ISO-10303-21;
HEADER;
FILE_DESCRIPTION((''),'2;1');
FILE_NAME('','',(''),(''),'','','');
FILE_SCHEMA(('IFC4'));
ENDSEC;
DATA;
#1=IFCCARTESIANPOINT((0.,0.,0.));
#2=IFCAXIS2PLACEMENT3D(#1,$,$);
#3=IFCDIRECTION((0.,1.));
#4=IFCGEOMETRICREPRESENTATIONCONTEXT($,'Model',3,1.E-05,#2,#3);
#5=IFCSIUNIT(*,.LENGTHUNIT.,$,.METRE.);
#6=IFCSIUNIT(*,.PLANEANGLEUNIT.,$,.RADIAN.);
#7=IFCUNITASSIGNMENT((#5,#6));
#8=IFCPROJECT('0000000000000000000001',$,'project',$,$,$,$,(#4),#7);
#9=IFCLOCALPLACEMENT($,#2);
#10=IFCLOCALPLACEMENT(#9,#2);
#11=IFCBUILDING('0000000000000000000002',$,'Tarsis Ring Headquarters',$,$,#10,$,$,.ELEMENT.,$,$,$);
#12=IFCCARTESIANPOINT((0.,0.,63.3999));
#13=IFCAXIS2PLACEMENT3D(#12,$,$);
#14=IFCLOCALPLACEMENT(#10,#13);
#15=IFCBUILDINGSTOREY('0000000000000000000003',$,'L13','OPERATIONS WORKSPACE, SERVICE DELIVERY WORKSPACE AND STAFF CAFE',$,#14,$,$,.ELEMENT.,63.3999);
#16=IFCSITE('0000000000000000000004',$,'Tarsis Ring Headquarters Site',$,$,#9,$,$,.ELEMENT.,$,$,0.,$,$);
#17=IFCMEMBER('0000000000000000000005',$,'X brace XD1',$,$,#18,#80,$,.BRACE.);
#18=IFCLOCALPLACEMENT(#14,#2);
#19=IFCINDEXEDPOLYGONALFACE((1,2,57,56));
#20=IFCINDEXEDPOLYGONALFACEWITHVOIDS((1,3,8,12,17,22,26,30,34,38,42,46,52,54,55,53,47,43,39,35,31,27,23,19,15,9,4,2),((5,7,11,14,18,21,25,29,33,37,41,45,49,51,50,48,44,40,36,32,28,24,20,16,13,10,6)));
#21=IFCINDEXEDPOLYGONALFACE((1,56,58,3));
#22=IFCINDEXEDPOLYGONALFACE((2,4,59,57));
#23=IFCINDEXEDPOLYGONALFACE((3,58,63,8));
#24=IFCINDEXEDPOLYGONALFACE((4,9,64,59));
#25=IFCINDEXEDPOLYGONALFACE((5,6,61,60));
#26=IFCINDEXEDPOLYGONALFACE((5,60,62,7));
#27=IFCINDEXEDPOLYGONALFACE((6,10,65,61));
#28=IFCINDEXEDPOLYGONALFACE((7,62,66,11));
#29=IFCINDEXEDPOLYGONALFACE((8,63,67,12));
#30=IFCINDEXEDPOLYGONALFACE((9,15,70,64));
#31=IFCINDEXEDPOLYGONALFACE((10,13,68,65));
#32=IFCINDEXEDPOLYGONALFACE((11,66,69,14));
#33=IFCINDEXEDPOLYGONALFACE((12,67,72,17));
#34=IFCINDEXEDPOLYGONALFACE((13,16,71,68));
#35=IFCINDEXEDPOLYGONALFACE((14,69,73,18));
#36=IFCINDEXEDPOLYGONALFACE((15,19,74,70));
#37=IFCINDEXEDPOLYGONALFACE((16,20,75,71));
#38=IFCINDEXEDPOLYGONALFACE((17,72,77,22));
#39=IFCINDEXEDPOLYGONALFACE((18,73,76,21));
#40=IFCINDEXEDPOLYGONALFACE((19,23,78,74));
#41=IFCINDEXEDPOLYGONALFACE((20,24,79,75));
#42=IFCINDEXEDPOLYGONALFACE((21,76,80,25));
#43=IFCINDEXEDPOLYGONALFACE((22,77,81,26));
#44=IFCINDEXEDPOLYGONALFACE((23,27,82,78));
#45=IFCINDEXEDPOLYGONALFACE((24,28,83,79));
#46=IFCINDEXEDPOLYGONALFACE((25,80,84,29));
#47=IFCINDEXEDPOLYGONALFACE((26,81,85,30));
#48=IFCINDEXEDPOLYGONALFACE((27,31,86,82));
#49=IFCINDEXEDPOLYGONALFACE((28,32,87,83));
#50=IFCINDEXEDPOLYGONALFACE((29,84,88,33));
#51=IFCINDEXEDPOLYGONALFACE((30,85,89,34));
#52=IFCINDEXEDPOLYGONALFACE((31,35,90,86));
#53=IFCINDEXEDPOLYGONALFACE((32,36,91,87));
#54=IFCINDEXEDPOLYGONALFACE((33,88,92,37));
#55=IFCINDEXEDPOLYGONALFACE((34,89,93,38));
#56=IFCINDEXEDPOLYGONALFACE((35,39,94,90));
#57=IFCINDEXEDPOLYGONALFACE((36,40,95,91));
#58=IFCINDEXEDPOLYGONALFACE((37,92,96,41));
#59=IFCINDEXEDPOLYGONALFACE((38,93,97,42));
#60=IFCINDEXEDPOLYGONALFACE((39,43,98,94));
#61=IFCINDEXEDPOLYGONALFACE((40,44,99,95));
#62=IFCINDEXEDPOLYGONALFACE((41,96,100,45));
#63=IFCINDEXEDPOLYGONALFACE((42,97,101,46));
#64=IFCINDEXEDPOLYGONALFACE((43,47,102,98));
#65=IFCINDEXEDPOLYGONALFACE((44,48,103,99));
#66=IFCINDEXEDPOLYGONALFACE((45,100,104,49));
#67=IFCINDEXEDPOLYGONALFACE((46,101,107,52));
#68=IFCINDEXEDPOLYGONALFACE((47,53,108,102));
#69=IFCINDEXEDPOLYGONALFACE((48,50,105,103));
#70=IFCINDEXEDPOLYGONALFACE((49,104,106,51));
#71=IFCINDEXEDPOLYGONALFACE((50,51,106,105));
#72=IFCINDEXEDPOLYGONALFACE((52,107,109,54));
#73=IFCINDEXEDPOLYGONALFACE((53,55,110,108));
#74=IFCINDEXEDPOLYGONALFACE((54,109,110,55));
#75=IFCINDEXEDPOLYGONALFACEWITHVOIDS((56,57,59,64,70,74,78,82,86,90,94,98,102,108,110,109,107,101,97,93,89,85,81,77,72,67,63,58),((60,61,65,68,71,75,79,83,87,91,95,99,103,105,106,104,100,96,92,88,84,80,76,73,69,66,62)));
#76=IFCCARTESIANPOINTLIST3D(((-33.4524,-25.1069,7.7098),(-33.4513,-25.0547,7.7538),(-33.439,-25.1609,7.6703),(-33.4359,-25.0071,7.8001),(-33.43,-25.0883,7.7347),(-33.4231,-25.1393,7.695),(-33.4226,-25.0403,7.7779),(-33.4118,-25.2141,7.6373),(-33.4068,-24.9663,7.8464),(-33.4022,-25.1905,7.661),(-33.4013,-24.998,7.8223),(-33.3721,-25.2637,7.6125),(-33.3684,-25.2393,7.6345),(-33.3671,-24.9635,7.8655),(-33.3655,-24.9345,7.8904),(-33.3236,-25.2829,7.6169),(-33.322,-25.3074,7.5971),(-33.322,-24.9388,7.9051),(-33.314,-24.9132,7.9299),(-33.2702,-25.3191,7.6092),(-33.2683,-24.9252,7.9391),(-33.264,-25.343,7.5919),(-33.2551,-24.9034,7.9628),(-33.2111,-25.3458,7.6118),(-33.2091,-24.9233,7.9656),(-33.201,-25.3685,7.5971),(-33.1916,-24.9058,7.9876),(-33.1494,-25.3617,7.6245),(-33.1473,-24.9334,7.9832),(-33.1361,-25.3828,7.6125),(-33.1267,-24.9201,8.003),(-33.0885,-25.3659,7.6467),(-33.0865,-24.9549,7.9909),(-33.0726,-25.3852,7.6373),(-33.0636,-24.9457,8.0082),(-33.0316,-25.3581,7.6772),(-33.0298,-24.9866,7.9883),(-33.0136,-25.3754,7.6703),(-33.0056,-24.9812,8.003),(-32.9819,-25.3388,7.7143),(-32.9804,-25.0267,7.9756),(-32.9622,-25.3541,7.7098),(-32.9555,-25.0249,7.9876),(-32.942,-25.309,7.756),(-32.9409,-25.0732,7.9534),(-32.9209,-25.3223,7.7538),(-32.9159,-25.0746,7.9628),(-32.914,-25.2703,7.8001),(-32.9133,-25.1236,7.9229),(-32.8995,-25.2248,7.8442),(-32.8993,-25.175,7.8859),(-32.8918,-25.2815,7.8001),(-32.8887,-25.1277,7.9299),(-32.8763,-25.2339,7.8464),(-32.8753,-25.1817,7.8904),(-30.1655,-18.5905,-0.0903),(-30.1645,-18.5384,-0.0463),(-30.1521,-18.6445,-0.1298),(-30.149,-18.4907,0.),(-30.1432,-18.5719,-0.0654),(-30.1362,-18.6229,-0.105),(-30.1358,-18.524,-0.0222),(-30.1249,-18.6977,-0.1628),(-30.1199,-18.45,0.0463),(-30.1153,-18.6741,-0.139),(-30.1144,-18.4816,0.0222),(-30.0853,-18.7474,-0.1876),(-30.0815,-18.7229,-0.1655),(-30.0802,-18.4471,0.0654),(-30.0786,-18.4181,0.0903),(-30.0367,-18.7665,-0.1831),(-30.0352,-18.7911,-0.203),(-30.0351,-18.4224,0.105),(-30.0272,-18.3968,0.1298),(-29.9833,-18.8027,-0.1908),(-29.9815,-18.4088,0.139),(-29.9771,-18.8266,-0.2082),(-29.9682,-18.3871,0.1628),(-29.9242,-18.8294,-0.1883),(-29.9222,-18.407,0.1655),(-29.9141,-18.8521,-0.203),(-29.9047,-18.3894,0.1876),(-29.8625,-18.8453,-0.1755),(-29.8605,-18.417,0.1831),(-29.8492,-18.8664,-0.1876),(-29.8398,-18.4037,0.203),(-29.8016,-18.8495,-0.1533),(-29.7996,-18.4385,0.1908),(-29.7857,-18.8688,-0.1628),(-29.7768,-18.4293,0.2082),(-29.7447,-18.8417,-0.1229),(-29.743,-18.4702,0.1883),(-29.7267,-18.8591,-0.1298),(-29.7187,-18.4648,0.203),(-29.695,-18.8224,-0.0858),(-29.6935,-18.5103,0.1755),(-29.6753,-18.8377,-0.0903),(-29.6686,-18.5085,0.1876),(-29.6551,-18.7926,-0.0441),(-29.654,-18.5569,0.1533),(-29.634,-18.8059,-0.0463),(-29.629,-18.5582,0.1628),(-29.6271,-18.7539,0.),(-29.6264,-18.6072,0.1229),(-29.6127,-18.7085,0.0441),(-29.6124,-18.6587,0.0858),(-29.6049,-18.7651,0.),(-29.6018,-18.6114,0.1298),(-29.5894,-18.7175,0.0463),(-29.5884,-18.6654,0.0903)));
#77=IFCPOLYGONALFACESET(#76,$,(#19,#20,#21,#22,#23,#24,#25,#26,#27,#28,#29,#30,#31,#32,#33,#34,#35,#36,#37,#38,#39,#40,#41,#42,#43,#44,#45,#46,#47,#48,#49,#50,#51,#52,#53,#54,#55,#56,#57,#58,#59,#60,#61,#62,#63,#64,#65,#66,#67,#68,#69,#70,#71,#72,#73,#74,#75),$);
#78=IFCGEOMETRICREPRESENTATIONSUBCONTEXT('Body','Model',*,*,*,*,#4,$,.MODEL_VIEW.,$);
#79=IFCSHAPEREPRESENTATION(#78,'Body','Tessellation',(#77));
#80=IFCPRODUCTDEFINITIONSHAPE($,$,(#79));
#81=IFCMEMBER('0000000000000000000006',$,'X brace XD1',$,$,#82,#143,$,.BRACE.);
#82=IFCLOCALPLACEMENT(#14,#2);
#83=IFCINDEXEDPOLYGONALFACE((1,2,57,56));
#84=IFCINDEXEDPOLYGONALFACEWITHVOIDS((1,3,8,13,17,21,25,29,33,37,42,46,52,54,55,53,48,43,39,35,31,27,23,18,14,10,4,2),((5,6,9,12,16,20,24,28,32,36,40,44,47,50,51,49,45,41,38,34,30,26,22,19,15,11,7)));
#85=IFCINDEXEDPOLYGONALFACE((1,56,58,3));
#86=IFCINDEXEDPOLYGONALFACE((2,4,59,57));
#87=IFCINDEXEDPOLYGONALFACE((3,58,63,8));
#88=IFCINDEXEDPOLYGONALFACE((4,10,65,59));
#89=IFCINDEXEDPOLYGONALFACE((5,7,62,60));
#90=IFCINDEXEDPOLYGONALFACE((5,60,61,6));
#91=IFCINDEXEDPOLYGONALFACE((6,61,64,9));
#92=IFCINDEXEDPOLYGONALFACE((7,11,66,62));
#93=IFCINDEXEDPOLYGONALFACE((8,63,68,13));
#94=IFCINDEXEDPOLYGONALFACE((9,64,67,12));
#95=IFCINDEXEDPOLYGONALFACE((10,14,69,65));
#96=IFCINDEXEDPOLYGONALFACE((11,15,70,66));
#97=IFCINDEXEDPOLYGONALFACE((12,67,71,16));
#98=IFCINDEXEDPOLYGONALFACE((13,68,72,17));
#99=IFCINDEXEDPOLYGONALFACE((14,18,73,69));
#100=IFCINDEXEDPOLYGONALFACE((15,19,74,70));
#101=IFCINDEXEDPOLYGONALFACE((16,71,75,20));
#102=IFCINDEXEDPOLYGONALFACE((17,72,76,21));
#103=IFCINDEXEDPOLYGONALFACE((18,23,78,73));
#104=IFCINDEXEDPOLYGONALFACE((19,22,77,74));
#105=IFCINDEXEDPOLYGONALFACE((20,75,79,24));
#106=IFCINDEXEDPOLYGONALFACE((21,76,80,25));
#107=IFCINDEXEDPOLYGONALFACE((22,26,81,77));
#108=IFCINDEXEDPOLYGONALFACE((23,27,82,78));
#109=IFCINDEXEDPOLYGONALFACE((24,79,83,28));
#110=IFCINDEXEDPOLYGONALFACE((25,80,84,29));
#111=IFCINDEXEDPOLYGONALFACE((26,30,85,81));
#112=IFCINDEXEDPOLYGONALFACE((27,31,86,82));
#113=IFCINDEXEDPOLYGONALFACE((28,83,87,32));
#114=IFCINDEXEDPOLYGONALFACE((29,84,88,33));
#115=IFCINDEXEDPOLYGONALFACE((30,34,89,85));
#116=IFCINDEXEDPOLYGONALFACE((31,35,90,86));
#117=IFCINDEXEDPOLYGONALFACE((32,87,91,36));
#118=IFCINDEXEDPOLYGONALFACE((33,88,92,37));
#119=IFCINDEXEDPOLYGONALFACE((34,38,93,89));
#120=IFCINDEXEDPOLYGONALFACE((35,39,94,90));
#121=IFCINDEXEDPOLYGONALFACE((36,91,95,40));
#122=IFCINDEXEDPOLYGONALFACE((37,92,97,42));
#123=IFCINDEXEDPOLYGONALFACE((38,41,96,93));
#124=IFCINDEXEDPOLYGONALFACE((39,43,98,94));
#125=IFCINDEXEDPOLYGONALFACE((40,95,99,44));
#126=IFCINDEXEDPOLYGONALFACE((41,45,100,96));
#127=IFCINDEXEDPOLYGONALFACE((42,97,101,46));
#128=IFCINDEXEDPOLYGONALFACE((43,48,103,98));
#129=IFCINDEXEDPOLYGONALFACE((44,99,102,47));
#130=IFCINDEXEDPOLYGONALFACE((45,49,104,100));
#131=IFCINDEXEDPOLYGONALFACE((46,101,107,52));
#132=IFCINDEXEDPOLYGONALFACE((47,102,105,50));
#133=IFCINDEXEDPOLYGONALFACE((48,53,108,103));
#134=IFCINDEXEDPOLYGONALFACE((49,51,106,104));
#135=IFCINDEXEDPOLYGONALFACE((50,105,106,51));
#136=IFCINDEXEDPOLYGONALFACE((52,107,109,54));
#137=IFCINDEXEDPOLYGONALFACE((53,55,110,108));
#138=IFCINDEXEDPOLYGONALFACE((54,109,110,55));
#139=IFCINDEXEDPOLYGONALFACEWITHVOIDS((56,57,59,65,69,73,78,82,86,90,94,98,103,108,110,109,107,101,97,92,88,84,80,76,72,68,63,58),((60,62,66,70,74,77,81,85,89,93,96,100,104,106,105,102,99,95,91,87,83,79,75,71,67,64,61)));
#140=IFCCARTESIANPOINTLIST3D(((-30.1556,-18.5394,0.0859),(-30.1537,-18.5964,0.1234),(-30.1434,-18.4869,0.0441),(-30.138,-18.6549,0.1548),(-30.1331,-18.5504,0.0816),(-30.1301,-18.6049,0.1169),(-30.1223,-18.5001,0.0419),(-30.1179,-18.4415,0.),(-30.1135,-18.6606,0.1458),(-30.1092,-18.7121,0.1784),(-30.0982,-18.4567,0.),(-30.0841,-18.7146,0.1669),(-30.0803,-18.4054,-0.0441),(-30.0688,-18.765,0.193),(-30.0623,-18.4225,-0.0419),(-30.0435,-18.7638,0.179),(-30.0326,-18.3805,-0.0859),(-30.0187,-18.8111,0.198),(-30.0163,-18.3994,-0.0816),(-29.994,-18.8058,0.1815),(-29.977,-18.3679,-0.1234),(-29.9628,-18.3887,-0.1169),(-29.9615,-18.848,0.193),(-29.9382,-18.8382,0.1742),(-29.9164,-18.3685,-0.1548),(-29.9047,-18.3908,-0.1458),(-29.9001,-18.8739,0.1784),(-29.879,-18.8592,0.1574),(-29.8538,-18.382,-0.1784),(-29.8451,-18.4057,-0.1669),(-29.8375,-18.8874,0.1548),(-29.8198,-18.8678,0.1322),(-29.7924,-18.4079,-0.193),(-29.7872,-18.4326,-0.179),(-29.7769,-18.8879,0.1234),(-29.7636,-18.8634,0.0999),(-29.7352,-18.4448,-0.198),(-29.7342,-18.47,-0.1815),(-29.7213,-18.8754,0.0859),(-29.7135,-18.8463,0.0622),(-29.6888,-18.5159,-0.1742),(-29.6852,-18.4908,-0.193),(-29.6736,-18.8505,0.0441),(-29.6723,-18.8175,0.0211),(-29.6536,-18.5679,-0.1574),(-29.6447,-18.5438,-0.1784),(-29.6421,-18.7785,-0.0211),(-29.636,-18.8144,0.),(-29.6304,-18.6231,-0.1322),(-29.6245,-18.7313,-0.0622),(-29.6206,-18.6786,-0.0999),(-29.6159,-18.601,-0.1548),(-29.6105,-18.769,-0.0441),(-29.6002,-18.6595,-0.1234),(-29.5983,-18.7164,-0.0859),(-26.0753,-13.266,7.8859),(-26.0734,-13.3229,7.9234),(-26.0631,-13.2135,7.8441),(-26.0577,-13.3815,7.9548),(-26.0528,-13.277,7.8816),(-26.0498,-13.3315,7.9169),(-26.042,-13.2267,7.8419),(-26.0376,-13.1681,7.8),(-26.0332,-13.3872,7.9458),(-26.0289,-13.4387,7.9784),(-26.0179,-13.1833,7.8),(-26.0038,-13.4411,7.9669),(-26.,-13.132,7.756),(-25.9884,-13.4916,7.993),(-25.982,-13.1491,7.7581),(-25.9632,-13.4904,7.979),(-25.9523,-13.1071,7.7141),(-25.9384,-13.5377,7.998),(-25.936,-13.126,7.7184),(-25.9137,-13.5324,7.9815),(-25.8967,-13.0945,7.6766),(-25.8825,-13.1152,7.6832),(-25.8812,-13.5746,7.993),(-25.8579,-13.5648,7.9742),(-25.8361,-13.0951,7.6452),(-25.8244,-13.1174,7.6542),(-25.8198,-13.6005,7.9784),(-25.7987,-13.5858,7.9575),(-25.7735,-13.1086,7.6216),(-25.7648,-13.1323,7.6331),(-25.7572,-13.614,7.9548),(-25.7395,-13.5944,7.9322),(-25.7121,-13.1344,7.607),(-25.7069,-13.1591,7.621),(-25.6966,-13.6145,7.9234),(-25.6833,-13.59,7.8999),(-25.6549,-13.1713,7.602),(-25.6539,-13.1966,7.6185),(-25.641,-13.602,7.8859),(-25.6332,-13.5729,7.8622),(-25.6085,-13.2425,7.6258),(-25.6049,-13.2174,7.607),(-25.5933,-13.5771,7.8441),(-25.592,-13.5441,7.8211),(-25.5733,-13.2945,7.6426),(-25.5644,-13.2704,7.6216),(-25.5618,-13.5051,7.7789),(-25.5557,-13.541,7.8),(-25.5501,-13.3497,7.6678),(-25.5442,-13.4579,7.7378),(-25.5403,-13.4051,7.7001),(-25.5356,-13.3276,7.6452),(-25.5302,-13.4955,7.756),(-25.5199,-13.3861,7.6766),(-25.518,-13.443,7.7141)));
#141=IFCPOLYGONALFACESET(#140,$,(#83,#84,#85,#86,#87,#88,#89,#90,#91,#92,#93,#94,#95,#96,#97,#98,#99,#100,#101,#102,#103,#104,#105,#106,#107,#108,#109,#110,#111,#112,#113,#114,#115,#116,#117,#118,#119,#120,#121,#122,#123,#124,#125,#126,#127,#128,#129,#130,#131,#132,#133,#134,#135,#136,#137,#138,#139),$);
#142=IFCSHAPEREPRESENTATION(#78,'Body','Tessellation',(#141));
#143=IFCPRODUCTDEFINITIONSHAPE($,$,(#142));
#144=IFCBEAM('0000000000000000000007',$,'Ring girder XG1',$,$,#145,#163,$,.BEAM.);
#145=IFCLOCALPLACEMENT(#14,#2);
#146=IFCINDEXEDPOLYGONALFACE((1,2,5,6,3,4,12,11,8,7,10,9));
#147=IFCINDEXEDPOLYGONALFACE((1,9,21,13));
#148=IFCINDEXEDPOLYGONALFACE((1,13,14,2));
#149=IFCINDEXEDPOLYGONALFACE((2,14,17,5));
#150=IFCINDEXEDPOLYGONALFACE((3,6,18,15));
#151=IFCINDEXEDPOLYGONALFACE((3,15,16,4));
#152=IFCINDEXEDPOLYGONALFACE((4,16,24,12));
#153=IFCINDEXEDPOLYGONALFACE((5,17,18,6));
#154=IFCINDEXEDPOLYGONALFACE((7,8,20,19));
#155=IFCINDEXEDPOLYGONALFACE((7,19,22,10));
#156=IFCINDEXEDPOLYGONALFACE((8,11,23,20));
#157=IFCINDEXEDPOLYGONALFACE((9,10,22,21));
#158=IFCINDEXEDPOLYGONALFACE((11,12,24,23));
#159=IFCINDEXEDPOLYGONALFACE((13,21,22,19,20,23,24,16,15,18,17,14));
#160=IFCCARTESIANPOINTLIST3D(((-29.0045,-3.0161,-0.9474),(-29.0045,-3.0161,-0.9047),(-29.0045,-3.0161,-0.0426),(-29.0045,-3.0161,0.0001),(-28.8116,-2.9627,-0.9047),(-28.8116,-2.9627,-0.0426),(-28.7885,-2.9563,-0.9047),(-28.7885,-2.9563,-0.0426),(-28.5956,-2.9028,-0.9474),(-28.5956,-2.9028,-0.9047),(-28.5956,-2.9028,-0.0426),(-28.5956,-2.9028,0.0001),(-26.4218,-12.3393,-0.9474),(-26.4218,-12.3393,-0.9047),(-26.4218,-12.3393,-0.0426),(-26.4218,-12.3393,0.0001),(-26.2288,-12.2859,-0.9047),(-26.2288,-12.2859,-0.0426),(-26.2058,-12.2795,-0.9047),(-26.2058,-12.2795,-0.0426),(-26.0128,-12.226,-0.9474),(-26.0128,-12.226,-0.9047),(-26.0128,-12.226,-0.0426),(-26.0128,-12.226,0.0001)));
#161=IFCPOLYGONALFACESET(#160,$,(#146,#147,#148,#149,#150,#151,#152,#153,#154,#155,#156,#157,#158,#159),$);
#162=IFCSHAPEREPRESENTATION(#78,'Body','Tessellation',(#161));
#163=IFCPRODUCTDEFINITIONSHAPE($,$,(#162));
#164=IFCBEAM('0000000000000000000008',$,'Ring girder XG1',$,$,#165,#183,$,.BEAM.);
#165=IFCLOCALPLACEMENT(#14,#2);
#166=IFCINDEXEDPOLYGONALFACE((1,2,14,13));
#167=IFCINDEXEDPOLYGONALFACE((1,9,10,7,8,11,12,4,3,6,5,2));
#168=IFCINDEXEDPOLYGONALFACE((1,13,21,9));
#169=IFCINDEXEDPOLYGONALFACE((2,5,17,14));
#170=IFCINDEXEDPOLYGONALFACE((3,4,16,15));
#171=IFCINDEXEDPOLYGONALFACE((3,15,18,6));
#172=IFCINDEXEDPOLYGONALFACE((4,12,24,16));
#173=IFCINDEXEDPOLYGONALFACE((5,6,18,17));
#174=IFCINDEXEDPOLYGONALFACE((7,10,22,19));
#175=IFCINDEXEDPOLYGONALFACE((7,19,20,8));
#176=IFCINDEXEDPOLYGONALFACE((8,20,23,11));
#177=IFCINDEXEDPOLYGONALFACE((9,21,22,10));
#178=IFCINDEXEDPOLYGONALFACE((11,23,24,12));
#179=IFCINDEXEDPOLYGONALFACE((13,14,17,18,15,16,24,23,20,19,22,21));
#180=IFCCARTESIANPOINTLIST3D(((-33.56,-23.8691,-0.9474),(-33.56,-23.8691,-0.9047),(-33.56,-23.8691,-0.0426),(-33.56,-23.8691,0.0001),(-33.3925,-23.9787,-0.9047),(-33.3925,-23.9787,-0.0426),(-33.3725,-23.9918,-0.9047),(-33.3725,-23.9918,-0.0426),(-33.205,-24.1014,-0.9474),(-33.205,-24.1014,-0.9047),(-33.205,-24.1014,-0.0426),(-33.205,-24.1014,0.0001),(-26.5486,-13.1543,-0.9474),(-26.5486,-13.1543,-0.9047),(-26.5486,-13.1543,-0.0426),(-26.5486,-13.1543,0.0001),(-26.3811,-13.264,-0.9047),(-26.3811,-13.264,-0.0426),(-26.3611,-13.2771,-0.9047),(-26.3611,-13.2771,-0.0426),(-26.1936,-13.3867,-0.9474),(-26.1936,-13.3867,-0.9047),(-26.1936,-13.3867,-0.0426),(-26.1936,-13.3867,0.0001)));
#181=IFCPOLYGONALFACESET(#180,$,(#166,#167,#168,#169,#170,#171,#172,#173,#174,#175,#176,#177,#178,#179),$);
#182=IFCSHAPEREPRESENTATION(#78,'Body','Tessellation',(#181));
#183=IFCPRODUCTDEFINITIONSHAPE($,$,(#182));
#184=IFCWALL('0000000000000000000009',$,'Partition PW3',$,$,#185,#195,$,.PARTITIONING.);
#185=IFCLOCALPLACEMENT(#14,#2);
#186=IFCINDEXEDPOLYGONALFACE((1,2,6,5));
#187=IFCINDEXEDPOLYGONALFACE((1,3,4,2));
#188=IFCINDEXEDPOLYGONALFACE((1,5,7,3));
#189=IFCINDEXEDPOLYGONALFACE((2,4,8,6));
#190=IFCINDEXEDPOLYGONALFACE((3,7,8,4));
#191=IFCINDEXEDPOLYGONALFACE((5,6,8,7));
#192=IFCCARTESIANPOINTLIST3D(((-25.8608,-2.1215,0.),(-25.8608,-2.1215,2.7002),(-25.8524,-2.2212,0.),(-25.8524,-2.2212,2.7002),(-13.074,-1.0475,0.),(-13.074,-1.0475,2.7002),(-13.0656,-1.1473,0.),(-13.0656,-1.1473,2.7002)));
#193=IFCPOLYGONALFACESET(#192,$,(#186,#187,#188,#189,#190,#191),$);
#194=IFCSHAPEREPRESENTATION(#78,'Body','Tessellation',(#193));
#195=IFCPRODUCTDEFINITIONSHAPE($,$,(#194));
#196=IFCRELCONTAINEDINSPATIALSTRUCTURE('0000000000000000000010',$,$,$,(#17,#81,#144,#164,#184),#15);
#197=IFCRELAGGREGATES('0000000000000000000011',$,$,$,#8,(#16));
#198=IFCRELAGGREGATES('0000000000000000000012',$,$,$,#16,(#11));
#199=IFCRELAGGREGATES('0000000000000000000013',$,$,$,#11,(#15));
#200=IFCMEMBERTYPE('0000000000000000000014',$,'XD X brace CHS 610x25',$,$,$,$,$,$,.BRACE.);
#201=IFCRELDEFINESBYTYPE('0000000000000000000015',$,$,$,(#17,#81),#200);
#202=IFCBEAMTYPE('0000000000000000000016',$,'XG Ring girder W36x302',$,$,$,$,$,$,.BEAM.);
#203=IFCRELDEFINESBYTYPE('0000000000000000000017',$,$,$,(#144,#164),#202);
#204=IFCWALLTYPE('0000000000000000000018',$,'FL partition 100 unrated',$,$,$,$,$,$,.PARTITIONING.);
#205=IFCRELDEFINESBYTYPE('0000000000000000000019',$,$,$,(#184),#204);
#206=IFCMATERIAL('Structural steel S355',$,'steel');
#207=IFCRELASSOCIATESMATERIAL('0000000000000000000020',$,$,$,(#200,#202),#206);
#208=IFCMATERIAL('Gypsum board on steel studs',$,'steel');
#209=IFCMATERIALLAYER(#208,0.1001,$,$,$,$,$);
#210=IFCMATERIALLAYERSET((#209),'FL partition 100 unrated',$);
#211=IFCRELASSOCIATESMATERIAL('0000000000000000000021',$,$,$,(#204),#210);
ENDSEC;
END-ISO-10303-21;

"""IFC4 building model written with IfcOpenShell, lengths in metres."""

from ifc_helpers import new_model, si_unit, direction, frame, frame_2d, origin, origin_2d, place, context, subcontext, project, spatial, rectangle, hollow_circle, i_section, extrude, material, layer, layer_set, material_profile, profile_set, type_object, element, save


model = new_model("IFC4")

# Units and contexts
model_context = context("Model", 3, precision=1e-05, world=origin(), true_north=direction((0.0, 1.0)))
body_context = subcontext(model_context, "Body", "Model", "MODEL_VIEW")
ifc_project = project(units=[si_unit("LENGTHUNIT", "METRE"), si_unit("PLANEANGLEUNIT", "RADIAN")], contexts=[model_context])

# Site, building, storey
site_placement = place(None, origin())
site = spatial("IfcSite", under=ifc_project, at=site_placement, Name="Tarsis Ring Headquarters Site", CompositionType="ELEMENT", RefElevation=0.0)
building_placement = place(site_placement, origin())
building = spatial("IfcBuilding", under=site, at=building_placement, Name="Tarsis Ring Headquarters", CompositionType="ELEMENT")
storey_placement = place(building_placement, frame((0.0, 0.0, 63.3999)))
storey = spatial("IfcBuildingStorey", under=building, at=storey_placement, Name="L13", Description="OPERATIONS WORKSPACE, SERVICE DELIVERY WORKSPACE AND STAFF CAFE", CompositionType="ELEMENT", Elevation=63.3999)

# Shared definitions
ifc_material_1 = material(Name="Structural steel S355", Category="steel")
ifc_material_profile_1 = material_profile(ifc_material_1, i_section(OverallWidth=0.4243, OverallDepth=0.9475, WebThickness=0.0239, FlangeThickness=0.0427, at=origin_2d()), Name="W36x302")
ifc_profile_set_1 = profile_set([ifc_material_profile_1], Name="Structural steel S355")

# Members
ifc_material_profile_2 = material_profile(ifc_material_1, hollow_circle(Radius=0.3047, WallThickness=0.0249, at=origin_2d()), Name="CHS 610x25")
ifc_profile_set_2 = profile_set([ifc_material_profile_2], Name="Structural steel S355")
member_type = type_object("IfcMemberType", Name="XD X brace CHS 610x25", PredefinedType="BRACE", material=ifc_profile_set_2)
member_1_placement = place(storey_placement, frame((-29.877, -18.6279, 0.0), z_axis=(-0.307699, -0.610026, 0.730198), x_axis=(0.892849, -0.450355, 0.0)))
element("IfcMember", 1, at=member_1_placement, inside=storey, type_object=member_type, Name="X brace XD1", PredefinedType="BRACE", context=body_context, shape_type="SweptSolid", body=[
    extrude(hollow_circle(Radius=0.3047, WallThickness=0.0249, at=origin_2d()), origin(), (0.0, 0.0, 1.0), 10.6821),
])
member_2_placement = place(storey_placement, frame((-29.877, -18.6279, 0.0), z_axis=(0.397633, 0.513904, 0.760126), x_axis=(-0.790893, 0.611954, 0.0)))
element("IfcMember", 2, at=member_2_placement, inside=storey, type_object=member_type, Name="X brace XD1", PredefinedType="BRACE", context=body_context, shape_type="SweptSolid", body=[
    extrude(hollow_circle(Radius=0.3047, WallThickness=0.0249, at=origin_2d()), origin(), (0.0, 0.0, 1.0), 10.2615),
])

# Beams
beam_type_1 = type_object("IfcBeamType", Name="XG Ring girder W36x302", PredefinedType="BEAM", material=ifc_profile_set_1)
beam_1_placement = place(storey_placement, frame((-28.8, -2.9595, -0.4736), z_axis=(0.26697, -0.963705, 0.0), x_axis=(0.963705, 0.26697, 0.0)))
element("IfcBeam", 3, at=beam_1_placement, inside=storey, type_object=beam_type_1, Name="Ring girder XG1", PredefinedType="BEAM", context=body_context, shape_type="SweptSolid", body=[
    extrude(i_section(OverallWidth=0.4243, OverallDepth=0.9475, WebThickness=0.0239, FlangeThickness=0.0427, at=origin_2d()), origin(), (0.0, 0.0, 1.0), 9.6743),
])
beam_2_placement = place(storey_placement, frame((-26.3711, -13.2705, -0.4736), z_axis=(-0.547557, -0.836769, 0.0), x_axis=(0.836769, -0.547557, 0.0)))
element("IfcBeam", 4, at=beam_2_placement, inside=storey, type_object=beam_type_1, Name="Ring girder XG1", PredefinedType="BEAM", context=body_context, shape_type="SweptSolid", body=[
    extrude(i_section(OverallWidth=0.4243, OverallDepth=0.9475, WebThickness=0.0239, FlangeThickness=0.0427, at=origin_2d()), origin(), (0.0, 0.0, 1.0), 12.8049),
])

# Wall
ifc_material_2 = material(Name="Gypsum board on steel studs", Category="steel")
ifc_layer_1 = layer(ifc_material_2, 0.1001)
ifc_layer_set_1 = layer_set([ifc_layer_1], Name="FL partition 100 unrated")
wall_type_1 = type_object("IfcWallType", Name="FL partition 100 unrated", PredefinedType="PARTITIONING", material=ifc_layer_set_1)
wall_1_placement = place(storey_placement, frame((-25.8567, -2.1714, 0.0), z_axis=(0.0, 0.0, 1.0), x_axis=(0.996491, 0.083696, 0.0)))
element("IfcWall", 5, at=wall_1_placement, inside=storey, type_object=wall_type_1, Name="Partition PW3", PredefinedType="PARTITIONING", context=body_context, shape_type="SweptSolid", body=[
    extrude(rectangle(XDim=12.8318, YDim=0.1001, at=frame_2d((6.416, 0.0))), origin(), (0.0, 0.0, 1.0), 2.7002),
])

save(model, "model.ifc")
